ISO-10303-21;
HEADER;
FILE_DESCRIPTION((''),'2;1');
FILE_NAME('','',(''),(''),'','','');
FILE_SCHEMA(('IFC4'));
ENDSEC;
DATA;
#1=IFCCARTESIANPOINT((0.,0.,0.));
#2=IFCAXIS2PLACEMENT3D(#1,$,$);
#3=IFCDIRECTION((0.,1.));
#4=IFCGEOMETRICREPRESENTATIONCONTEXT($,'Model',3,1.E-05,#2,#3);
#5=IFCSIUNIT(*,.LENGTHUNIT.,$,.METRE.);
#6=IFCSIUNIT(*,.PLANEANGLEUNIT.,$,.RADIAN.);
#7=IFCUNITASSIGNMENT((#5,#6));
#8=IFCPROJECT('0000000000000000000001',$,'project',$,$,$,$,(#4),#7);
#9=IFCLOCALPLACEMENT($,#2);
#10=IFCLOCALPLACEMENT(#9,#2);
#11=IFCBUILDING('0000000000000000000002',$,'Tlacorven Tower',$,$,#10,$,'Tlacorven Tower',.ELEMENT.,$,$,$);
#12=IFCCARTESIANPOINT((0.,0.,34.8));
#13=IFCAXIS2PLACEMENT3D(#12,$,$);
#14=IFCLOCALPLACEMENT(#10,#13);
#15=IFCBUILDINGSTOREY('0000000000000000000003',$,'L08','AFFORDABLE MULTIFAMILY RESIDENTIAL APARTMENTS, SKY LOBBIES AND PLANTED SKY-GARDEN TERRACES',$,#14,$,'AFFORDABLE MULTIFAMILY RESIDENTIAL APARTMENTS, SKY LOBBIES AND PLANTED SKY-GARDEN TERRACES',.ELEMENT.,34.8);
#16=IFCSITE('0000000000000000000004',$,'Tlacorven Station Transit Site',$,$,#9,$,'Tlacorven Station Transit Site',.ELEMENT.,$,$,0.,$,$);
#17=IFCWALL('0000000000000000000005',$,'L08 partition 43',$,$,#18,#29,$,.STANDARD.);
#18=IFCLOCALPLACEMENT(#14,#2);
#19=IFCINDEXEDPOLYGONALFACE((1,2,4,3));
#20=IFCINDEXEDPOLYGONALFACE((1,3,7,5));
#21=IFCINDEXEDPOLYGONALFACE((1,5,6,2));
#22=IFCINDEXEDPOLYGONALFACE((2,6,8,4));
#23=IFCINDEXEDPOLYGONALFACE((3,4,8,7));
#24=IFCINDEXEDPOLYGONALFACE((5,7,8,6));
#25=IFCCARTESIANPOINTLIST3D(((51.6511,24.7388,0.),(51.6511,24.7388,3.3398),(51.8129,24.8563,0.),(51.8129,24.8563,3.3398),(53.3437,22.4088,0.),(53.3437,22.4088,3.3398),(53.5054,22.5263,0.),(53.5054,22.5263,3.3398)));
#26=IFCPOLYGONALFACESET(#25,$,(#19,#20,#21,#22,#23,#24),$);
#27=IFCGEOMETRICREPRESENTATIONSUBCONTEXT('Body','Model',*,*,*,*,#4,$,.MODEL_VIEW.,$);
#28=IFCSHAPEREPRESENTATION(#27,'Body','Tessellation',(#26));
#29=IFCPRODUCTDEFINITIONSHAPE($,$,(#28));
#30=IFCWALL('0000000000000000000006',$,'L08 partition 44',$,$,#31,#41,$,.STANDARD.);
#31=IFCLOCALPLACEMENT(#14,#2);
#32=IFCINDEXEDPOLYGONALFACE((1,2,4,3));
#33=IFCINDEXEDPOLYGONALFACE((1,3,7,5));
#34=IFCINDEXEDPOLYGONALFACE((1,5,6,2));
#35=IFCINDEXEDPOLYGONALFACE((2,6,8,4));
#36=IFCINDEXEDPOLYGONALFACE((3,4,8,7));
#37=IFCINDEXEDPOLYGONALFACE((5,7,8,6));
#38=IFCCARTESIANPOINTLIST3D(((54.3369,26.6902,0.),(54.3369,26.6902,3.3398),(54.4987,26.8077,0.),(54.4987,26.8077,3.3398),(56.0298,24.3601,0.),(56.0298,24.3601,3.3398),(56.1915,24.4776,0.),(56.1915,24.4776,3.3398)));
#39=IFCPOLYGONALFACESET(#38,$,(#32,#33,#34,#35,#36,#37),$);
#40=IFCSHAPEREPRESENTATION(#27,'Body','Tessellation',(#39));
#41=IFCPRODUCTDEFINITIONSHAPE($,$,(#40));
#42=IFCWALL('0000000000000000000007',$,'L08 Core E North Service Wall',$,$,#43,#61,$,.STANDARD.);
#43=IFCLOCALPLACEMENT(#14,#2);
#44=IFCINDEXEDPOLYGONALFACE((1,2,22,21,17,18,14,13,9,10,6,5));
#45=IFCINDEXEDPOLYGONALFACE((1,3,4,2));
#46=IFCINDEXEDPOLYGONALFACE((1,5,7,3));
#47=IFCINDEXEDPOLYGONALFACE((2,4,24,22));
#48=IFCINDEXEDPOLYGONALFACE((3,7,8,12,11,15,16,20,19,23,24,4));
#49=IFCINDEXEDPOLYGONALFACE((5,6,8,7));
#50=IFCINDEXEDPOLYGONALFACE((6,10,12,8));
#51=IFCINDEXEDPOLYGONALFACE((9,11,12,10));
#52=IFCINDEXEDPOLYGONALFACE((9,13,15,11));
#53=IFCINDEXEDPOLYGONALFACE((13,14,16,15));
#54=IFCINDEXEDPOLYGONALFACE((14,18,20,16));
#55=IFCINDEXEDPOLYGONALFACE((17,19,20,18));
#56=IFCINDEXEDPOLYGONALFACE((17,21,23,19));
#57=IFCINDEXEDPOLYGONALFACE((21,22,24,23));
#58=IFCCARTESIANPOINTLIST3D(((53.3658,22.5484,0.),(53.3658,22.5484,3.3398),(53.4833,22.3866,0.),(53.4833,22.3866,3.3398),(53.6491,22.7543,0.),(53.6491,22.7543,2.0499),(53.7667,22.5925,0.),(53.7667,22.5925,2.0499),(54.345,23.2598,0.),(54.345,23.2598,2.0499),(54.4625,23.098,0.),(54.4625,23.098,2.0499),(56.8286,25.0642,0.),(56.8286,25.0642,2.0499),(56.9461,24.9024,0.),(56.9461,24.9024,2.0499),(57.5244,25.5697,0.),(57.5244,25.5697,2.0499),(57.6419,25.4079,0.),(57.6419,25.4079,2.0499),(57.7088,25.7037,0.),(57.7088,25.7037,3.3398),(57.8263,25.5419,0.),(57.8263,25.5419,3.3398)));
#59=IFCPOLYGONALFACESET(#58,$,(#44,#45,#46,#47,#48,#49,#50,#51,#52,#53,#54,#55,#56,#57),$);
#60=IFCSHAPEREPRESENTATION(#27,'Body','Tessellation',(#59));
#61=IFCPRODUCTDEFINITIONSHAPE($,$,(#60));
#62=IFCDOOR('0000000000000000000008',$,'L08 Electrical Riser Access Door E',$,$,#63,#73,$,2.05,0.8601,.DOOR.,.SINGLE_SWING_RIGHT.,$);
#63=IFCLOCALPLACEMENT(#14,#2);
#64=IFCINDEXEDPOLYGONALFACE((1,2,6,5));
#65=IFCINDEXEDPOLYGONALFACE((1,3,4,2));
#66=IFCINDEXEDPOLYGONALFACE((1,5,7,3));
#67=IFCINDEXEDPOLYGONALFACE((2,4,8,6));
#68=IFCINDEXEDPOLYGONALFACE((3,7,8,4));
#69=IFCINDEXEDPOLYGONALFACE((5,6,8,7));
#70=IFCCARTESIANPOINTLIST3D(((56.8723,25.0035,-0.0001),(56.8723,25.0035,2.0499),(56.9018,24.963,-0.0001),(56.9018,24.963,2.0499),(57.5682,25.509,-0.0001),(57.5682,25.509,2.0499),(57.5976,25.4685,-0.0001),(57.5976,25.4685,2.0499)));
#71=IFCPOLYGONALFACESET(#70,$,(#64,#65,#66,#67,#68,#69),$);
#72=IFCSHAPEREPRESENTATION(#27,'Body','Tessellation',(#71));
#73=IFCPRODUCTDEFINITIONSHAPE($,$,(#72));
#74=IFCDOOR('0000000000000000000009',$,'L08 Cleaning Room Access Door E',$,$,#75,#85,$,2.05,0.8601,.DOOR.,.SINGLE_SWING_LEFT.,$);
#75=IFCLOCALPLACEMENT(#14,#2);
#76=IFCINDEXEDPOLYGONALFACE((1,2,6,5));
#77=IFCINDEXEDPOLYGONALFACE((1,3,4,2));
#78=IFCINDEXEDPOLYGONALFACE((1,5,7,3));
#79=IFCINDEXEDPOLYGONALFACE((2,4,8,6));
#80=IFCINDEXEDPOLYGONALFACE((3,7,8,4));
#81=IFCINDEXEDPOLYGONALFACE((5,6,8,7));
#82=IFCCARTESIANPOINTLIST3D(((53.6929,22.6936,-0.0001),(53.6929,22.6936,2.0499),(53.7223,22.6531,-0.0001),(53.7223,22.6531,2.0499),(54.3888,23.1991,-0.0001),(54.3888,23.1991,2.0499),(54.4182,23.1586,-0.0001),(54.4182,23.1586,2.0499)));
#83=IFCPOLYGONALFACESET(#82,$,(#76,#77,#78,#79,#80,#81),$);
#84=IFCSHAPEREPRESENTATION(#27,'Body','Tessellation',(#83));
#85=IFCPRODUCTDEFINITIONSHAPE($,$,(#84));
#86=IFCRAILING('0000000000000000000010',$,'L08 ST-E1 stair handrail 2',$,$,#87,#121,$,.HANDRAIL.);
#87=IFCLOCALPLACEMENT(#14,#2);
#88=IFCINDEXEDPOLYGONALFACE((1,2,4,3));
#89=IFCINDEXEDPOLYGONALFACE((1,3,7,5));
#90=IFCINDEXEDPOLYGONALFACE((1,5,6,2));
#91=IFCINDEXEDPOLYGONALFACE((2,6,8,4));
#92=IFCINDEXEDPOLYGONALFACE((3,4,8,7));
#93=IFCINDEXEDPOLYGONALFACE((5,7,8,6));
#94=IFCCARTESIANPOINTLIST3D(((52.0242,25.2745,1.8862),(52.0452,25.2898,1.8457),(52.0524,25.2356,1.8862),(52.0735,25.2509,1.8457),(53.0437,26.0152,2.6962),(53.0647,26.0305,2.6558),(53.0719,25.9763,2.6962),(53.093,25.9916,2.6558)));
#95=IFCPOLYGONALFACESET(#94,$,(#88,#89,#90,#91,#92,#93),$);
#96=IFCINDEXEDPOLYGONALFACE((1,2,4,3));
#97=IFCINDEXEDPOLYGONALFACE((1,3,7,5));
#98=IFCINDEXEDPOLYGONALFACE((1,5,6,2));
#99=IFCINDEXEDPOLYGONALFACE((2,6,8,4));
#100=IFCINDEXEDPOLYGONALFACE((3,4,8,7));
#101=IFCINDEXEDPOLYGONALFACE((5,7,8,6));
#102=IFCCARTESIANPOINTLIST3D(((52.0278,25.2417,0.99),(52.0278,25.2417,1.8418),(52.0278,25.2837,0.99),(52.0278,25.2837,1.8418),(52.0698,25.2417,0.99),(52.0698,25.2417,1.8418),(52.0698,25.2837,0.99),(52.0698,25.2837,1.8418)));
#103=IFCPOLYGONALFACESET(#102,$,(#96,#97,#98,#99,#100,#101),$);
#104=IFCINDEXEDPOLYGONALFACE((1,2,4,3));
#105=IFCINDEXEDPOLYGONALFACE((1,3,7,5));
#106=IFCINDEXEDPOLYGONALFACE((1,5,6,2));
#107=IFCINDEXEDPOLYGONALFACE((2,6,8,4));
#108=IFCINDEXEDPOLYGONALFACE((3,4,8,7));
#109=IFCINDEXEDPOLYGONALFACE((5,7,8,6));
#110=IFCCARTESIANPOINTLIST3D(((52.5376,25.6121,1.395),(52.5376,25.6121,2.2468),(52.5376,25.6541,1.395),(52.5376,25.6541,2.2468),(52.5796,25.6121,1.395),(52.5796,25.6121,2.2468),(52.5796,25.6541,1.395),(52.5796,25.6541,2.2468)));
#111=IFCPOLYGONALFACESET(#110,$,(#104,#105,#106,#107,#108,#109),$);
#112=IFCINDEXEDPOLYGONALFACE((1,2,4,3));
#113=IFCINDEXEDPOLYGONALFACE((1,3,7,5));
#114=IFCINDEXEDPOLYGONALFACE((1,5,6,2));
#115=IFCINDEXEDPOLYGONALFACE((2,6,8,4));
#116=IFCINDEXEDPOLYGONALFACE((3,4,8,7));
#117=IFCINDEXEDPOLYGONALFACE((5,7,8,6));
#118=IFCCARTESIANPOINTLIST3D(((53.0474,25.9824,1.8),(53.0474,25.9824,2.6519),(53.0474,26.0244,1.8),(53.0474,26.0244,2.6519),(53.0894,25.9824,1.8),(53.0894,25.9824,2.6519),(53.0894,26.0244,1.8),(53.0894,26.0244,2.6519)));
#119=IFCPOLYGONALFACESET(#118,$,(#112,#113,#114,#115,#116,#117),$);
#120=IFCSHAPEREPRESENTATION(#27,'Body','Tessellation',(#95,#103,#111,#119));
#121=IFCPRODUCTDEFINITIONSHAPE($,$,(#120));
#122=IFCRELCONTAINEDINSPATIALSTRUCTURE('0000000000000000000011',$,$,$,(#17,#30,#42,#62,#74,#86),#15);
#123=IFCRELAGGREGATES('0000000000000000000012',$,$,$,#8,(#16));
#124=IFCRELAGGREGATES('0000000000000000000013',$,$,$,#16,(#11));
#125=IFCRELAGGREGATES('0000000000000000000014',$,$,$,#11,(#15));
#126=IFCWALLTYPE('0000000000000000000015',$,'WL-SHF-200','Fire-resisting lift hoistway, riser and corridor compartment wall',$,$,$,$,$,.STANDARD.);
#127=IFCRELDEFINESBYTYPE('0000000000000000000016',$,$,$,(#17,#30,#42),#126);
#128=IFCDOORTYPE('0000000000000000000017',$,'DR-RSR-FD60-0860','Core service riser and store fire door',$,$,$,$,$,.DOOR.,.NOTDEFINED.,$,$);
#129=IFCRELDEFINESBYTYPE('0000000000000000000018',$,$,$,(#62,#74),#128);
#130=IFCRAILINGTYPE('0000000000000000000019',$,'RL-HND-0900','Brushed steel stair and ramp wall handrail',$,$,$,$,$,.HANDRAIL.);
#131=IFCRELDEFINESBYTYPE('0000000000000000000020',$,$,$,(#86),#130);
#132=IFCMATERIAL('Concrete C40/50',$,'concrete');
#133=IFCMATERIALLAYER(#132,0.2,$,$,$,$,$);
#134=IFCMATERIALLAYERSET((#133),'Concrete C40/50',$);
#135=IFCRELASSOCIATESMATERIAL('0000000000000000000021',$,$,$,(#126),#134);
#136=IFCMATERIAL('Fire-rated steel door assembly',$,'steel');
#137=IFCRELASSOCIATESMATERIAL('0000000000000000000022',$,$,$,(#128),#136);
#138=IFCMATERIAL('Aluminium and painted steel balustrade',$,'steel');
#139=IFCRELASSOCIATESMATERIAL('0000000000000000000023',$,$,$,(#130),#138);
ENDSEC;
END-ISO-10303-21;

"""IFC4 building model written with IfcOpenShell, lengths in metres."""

from ifc_helpers import new_model, si_unit, direction, frame, frame_2d, origin, origin_2d, place, context, subcontext, project, spatial, rectangle, extrude, source, transform, mapped, material, layer, layer_set, type_object, element, fill, save


model = new_model("IFC4")

# Units and contexts
model_context = context("Model", 3, precision=1e-05, world=origin(), true_north=direction((0.0, 1.0)))
body_context = subcontext(model_context, "Body", "Model", "MODEL_VIEW")
ifc_project = project(units=[si_unit("LENGTHUNIT", "METRE"), si_unit("PLANEANGLEUNIT", "RADIAN")], contexts=[model_context])

# Site, building, storey
site_placement = place(None, origin())
site = spatial("IfcSite", under=ifc_project, at=site_placement, Name="Tlacorven Station Transit Site", LongName="Tlacorven Station Transit Site", CompositionType="ELEMENT", RefElevation=0.0)
building_placement = place(site_placement, origin())
building = spatial("IfcBuilding", under=site, at=building_placement, Name="Tlacorven Tower", LongName="Tlacorven Tower", CompositionType="ELEMENT")
storey_placement = place(building_placement, frame((0.0, 0.0, 34.8)))
storey = spatial("IfcBuildingStorey", under=building, at=storey_placement, Name="L08", Description="AFFORDABLE MULTIFAMILY RESIDENTIAL APARTMENTS, SKY LOBBIES AND PLANTED SKY-GARDEN TERRACES", LongName="AFFORDABLE MULTIFAMILY RESIDENTIAL APARTMENTS, SKY LOBBIES AND PLANTED SKY-GARDEN TERRACES", CompositionType="ELEMENT", Elevation=34.8)

# Shared definitions
ifc_material_1 = material(Name="Concrete C40/50", Category="concrete")
ifc_layer_1 = layer(ifc_material_1, 0.2)
ifc_layer_set_1 = layer_set([ifc_layer_1], Name="Concrete C40/50")
wall_type_1 = type_object("IfcWallType", Name="WL-SHF-200", Description="Fire-resisting lift hoistway, riser and corridor compartment wall", PredefinedType="STANDARD", material=ifc_layer_set_1)
ifc_material_2 = material(Name="Fire-rated steel door assembly", Category="steel")
door_type_1 = type_object("IfcDoorType", Name="DR-RSR-FD60-0860", Description="Core service riser and store fire door", OperationType="NOTDEFINED", PredefinedType="DOOR", material=ifc_material_2)
shared_shape_1 = source(origin(), body_context, "Body", "SweptSolid", [
    extrude(rectangle(XDim=0.8601, YDim=2.05, at=frame_2d((0.4302, 1.0249))), frame((0.0, 0.0249, 0.0), z_axis=(0.0, -1.0, 0.0), x_axis=(1.0, 0.0, 0.0)), (0.0, 0.0, 1.0), 0.05),
])

# Walls
wall_1_placement = place(storey_placement, frame((53.4246, 22.4675, 0.0), z_axis=(0.0, 0.0, 1.0), x_axis=(-0.587723, 0.809062, 0.0)))
element("IfcWall", 1, at=wall_1_placement, inside=storey, type_object=wall_type_1, Name="L08 partition 43", PredefinedType="STANDARD", context=body_context, shape_type="SweptSolid", body=[
    extrude(rectangle(XDim=2.8799, YDim=0.2, at=frame_2d((1.4399, 0.0))), origin(), (0.0, 0.0, 1.0), 3.3398),
])
wall_2_placement = place(storey_placement, frame((56.1106, 24.4189, 0.0), z_axis=(0.0, 0.0, 1.0), x_axis=(-0.587778, 0.809022, 0.0)))
element("IfcWall", 2, at=wall_2_placement, inside=storey, type_object=wall_type_1, Name="L08 partition 44", PredefinedType="STANDARD", context=body_context, shape_type="SweptSolid", body=[
    extrude(rectangle(XDim=2.8801, YDim=0.2, at=frame_2d((1.4399, 0.0))), origin(), (0.0, 0.0, 1.0), 3.3398),
])

# Wall, openings, doors
wall_3_placement = place(storey_placement, frame((53.4246, 22.4675, 0.0), z_axis=(0.0, 0.0, 1.0), x_axis=(0.809027, 0.587771, 0.0)))
wall_3 = element("IfcWall", 3, at=wall_3_placement, inside=storey, type_object=wall_type_1, Name="L08 Core E North Service Wall", PredefinedType="STANDARD", context=body_context, shape_type="SweptSolid", body=[
    extrude(rectangle(XDim=5.3682, YDim=0.2, at=frame_2d((2.6841, 0.0))), origin(), (0.0, 0.0, 1.0), 3.3398),
])
opening_1_placement = place(wall_3_placement, frame((4.28, 0.0, 0.0)))
opening_1 = element("IfcOpeningElement", 4, at=opening_1_placement, cuts=wall_3, PredefinedType="OPENING", context=body_context, shape_type="SweptSolid", body=[
    extrude(rectangle(XDim=0.8601, YDim=2.05, at=frame_2d((0.4302, 1.0249))), frame((0.0, 0.1099, 0.0), z_axis=(0.0, -1.0, 0.0), x_axis=(1.0, 0.0, 0.0)), (0.0, 0.0, 1.0), 0.22),
])
opening_2_placement = place(wall_3_placement, frame((0.3501, 0.0, 0.0)))
opening_2 = element("IfcOpeningElement", 5, at=opening_2_placement, cuts=wall_3, PredefinedType="OPENING", context=body_context, shape_type="SweptSolid", body=[
    extrude(rectangle(XDim=0.8601, YDim=2.05, at=frame_2d((0.4302, 1.0249))), frame((0.0, 0.1099, 0.0), z_axis=(0.0, -1.0, 0.0), x_axis=(1.0, 0.0, 0.0)), (0.0, 0.0, 1.0), 0.22),
])
door_1_placement = place(opening_1_placement, frame((0.8601, 0.0, 0.0), z_axis=(0.0, 0.0, 1.0), x_axis=(-1.0, 0.0, 0.0)))
door_1 = element("IfcDoor", 6, at=door_1_placement, inside=storey, type_object=door_type_1, Name="L08 Electrical Riser Access Door E", OperationType="SINGLE_SWING_RIGHT", OverallHeight=2.05, OverallWidth=0.8601, PredefinedType="DOOR", context=body_context, shape_type="MappedRepresentation", body=[
    mapped(shared_shape_1, transform((0.0, 0.0, 0.0), scale=1.0)),
])
fill(opening_1, door_1)
door_2_placement = place(opening_2_placement, frame((0.8601, 0.0, 0.0), z_axis=(0.0, 0.0, 1.0), x_axis=(-1.0, 0.0, 0.0)))
door_2 = element("IfcDoor", 7, at=door_2_placement, inside=storey, type_object=door_type_1, Name="L08 Cleaning Room Access Door E", OperationType="SINGLE_SWING_LEFT", OverallHeight=2.05, OverallWidth=0.8601, PredefinedType="DOOR", context=body_context, shape_type="MappedRepresentation", body=[
    mapped(shared_shape_1, transform((0.0, 0.0, 0.0), scale=1.0)),
])
fill(opening_2, door_2)

# Railing
ifc_material_3 = material(Name="Aluminium and painted steel balustrade", Category="steel")
railing_type = type_object("IfcRailingType", Name="RL-HND-0900", Description="Brushed steel stair and ramp wall handrail", PredefinedType="HANDRAIL", material=ifc_material_3)
shared_shape_2 = source(origin(), body_context, "Body", "SweptSolid", [
    extrude(rectangle(XDim=0.0481, YDim=0.0481, at=origin_2d()), frame((0.0, 0.0, 0.876), z_axis=(0.680549, 0.494441, 0.540723), x_axis=(-0.58778, 0.809021, 0.0)), (0.0, 0.0, 1.0), 1.498),
    extrude(rectangle(XDim=0.042, YDim=0.042, at=origin_2d()), origin(), (0.0, 0.0, 1.0), 0.8518),
    extrude(rectangle(XDim=0.042, YDim=0.042, at=origin_2d()), frame((0.5098, 0.3704, 0.405)), (0.0, 0.0, 1.0), 0.8518),
    extrude(rectangle(XDim=0.042, YDim=0.042, at=origin_2d()), frame((1.0195, 0.7407, 0.8101)), (0.0, 0.0, 1.0), 0.8518),
])
railing_placement = place(storey_placement, frame((52.0488, 25.2627, 0.99)))
element("IfcRailing", 8, at=railing_placement, inside=storey, type_object=railing_type, Name="L08 ST-E1 stair handrail 2", PredefinedType="HANDRAIL", context=body_context, shape_type="MappedRepresentation", body=[
    mapped(shared_shape_2, transform((0.0, 0.0, 0.0), scale=1.0)),
])

save(model, "model.ifc")
